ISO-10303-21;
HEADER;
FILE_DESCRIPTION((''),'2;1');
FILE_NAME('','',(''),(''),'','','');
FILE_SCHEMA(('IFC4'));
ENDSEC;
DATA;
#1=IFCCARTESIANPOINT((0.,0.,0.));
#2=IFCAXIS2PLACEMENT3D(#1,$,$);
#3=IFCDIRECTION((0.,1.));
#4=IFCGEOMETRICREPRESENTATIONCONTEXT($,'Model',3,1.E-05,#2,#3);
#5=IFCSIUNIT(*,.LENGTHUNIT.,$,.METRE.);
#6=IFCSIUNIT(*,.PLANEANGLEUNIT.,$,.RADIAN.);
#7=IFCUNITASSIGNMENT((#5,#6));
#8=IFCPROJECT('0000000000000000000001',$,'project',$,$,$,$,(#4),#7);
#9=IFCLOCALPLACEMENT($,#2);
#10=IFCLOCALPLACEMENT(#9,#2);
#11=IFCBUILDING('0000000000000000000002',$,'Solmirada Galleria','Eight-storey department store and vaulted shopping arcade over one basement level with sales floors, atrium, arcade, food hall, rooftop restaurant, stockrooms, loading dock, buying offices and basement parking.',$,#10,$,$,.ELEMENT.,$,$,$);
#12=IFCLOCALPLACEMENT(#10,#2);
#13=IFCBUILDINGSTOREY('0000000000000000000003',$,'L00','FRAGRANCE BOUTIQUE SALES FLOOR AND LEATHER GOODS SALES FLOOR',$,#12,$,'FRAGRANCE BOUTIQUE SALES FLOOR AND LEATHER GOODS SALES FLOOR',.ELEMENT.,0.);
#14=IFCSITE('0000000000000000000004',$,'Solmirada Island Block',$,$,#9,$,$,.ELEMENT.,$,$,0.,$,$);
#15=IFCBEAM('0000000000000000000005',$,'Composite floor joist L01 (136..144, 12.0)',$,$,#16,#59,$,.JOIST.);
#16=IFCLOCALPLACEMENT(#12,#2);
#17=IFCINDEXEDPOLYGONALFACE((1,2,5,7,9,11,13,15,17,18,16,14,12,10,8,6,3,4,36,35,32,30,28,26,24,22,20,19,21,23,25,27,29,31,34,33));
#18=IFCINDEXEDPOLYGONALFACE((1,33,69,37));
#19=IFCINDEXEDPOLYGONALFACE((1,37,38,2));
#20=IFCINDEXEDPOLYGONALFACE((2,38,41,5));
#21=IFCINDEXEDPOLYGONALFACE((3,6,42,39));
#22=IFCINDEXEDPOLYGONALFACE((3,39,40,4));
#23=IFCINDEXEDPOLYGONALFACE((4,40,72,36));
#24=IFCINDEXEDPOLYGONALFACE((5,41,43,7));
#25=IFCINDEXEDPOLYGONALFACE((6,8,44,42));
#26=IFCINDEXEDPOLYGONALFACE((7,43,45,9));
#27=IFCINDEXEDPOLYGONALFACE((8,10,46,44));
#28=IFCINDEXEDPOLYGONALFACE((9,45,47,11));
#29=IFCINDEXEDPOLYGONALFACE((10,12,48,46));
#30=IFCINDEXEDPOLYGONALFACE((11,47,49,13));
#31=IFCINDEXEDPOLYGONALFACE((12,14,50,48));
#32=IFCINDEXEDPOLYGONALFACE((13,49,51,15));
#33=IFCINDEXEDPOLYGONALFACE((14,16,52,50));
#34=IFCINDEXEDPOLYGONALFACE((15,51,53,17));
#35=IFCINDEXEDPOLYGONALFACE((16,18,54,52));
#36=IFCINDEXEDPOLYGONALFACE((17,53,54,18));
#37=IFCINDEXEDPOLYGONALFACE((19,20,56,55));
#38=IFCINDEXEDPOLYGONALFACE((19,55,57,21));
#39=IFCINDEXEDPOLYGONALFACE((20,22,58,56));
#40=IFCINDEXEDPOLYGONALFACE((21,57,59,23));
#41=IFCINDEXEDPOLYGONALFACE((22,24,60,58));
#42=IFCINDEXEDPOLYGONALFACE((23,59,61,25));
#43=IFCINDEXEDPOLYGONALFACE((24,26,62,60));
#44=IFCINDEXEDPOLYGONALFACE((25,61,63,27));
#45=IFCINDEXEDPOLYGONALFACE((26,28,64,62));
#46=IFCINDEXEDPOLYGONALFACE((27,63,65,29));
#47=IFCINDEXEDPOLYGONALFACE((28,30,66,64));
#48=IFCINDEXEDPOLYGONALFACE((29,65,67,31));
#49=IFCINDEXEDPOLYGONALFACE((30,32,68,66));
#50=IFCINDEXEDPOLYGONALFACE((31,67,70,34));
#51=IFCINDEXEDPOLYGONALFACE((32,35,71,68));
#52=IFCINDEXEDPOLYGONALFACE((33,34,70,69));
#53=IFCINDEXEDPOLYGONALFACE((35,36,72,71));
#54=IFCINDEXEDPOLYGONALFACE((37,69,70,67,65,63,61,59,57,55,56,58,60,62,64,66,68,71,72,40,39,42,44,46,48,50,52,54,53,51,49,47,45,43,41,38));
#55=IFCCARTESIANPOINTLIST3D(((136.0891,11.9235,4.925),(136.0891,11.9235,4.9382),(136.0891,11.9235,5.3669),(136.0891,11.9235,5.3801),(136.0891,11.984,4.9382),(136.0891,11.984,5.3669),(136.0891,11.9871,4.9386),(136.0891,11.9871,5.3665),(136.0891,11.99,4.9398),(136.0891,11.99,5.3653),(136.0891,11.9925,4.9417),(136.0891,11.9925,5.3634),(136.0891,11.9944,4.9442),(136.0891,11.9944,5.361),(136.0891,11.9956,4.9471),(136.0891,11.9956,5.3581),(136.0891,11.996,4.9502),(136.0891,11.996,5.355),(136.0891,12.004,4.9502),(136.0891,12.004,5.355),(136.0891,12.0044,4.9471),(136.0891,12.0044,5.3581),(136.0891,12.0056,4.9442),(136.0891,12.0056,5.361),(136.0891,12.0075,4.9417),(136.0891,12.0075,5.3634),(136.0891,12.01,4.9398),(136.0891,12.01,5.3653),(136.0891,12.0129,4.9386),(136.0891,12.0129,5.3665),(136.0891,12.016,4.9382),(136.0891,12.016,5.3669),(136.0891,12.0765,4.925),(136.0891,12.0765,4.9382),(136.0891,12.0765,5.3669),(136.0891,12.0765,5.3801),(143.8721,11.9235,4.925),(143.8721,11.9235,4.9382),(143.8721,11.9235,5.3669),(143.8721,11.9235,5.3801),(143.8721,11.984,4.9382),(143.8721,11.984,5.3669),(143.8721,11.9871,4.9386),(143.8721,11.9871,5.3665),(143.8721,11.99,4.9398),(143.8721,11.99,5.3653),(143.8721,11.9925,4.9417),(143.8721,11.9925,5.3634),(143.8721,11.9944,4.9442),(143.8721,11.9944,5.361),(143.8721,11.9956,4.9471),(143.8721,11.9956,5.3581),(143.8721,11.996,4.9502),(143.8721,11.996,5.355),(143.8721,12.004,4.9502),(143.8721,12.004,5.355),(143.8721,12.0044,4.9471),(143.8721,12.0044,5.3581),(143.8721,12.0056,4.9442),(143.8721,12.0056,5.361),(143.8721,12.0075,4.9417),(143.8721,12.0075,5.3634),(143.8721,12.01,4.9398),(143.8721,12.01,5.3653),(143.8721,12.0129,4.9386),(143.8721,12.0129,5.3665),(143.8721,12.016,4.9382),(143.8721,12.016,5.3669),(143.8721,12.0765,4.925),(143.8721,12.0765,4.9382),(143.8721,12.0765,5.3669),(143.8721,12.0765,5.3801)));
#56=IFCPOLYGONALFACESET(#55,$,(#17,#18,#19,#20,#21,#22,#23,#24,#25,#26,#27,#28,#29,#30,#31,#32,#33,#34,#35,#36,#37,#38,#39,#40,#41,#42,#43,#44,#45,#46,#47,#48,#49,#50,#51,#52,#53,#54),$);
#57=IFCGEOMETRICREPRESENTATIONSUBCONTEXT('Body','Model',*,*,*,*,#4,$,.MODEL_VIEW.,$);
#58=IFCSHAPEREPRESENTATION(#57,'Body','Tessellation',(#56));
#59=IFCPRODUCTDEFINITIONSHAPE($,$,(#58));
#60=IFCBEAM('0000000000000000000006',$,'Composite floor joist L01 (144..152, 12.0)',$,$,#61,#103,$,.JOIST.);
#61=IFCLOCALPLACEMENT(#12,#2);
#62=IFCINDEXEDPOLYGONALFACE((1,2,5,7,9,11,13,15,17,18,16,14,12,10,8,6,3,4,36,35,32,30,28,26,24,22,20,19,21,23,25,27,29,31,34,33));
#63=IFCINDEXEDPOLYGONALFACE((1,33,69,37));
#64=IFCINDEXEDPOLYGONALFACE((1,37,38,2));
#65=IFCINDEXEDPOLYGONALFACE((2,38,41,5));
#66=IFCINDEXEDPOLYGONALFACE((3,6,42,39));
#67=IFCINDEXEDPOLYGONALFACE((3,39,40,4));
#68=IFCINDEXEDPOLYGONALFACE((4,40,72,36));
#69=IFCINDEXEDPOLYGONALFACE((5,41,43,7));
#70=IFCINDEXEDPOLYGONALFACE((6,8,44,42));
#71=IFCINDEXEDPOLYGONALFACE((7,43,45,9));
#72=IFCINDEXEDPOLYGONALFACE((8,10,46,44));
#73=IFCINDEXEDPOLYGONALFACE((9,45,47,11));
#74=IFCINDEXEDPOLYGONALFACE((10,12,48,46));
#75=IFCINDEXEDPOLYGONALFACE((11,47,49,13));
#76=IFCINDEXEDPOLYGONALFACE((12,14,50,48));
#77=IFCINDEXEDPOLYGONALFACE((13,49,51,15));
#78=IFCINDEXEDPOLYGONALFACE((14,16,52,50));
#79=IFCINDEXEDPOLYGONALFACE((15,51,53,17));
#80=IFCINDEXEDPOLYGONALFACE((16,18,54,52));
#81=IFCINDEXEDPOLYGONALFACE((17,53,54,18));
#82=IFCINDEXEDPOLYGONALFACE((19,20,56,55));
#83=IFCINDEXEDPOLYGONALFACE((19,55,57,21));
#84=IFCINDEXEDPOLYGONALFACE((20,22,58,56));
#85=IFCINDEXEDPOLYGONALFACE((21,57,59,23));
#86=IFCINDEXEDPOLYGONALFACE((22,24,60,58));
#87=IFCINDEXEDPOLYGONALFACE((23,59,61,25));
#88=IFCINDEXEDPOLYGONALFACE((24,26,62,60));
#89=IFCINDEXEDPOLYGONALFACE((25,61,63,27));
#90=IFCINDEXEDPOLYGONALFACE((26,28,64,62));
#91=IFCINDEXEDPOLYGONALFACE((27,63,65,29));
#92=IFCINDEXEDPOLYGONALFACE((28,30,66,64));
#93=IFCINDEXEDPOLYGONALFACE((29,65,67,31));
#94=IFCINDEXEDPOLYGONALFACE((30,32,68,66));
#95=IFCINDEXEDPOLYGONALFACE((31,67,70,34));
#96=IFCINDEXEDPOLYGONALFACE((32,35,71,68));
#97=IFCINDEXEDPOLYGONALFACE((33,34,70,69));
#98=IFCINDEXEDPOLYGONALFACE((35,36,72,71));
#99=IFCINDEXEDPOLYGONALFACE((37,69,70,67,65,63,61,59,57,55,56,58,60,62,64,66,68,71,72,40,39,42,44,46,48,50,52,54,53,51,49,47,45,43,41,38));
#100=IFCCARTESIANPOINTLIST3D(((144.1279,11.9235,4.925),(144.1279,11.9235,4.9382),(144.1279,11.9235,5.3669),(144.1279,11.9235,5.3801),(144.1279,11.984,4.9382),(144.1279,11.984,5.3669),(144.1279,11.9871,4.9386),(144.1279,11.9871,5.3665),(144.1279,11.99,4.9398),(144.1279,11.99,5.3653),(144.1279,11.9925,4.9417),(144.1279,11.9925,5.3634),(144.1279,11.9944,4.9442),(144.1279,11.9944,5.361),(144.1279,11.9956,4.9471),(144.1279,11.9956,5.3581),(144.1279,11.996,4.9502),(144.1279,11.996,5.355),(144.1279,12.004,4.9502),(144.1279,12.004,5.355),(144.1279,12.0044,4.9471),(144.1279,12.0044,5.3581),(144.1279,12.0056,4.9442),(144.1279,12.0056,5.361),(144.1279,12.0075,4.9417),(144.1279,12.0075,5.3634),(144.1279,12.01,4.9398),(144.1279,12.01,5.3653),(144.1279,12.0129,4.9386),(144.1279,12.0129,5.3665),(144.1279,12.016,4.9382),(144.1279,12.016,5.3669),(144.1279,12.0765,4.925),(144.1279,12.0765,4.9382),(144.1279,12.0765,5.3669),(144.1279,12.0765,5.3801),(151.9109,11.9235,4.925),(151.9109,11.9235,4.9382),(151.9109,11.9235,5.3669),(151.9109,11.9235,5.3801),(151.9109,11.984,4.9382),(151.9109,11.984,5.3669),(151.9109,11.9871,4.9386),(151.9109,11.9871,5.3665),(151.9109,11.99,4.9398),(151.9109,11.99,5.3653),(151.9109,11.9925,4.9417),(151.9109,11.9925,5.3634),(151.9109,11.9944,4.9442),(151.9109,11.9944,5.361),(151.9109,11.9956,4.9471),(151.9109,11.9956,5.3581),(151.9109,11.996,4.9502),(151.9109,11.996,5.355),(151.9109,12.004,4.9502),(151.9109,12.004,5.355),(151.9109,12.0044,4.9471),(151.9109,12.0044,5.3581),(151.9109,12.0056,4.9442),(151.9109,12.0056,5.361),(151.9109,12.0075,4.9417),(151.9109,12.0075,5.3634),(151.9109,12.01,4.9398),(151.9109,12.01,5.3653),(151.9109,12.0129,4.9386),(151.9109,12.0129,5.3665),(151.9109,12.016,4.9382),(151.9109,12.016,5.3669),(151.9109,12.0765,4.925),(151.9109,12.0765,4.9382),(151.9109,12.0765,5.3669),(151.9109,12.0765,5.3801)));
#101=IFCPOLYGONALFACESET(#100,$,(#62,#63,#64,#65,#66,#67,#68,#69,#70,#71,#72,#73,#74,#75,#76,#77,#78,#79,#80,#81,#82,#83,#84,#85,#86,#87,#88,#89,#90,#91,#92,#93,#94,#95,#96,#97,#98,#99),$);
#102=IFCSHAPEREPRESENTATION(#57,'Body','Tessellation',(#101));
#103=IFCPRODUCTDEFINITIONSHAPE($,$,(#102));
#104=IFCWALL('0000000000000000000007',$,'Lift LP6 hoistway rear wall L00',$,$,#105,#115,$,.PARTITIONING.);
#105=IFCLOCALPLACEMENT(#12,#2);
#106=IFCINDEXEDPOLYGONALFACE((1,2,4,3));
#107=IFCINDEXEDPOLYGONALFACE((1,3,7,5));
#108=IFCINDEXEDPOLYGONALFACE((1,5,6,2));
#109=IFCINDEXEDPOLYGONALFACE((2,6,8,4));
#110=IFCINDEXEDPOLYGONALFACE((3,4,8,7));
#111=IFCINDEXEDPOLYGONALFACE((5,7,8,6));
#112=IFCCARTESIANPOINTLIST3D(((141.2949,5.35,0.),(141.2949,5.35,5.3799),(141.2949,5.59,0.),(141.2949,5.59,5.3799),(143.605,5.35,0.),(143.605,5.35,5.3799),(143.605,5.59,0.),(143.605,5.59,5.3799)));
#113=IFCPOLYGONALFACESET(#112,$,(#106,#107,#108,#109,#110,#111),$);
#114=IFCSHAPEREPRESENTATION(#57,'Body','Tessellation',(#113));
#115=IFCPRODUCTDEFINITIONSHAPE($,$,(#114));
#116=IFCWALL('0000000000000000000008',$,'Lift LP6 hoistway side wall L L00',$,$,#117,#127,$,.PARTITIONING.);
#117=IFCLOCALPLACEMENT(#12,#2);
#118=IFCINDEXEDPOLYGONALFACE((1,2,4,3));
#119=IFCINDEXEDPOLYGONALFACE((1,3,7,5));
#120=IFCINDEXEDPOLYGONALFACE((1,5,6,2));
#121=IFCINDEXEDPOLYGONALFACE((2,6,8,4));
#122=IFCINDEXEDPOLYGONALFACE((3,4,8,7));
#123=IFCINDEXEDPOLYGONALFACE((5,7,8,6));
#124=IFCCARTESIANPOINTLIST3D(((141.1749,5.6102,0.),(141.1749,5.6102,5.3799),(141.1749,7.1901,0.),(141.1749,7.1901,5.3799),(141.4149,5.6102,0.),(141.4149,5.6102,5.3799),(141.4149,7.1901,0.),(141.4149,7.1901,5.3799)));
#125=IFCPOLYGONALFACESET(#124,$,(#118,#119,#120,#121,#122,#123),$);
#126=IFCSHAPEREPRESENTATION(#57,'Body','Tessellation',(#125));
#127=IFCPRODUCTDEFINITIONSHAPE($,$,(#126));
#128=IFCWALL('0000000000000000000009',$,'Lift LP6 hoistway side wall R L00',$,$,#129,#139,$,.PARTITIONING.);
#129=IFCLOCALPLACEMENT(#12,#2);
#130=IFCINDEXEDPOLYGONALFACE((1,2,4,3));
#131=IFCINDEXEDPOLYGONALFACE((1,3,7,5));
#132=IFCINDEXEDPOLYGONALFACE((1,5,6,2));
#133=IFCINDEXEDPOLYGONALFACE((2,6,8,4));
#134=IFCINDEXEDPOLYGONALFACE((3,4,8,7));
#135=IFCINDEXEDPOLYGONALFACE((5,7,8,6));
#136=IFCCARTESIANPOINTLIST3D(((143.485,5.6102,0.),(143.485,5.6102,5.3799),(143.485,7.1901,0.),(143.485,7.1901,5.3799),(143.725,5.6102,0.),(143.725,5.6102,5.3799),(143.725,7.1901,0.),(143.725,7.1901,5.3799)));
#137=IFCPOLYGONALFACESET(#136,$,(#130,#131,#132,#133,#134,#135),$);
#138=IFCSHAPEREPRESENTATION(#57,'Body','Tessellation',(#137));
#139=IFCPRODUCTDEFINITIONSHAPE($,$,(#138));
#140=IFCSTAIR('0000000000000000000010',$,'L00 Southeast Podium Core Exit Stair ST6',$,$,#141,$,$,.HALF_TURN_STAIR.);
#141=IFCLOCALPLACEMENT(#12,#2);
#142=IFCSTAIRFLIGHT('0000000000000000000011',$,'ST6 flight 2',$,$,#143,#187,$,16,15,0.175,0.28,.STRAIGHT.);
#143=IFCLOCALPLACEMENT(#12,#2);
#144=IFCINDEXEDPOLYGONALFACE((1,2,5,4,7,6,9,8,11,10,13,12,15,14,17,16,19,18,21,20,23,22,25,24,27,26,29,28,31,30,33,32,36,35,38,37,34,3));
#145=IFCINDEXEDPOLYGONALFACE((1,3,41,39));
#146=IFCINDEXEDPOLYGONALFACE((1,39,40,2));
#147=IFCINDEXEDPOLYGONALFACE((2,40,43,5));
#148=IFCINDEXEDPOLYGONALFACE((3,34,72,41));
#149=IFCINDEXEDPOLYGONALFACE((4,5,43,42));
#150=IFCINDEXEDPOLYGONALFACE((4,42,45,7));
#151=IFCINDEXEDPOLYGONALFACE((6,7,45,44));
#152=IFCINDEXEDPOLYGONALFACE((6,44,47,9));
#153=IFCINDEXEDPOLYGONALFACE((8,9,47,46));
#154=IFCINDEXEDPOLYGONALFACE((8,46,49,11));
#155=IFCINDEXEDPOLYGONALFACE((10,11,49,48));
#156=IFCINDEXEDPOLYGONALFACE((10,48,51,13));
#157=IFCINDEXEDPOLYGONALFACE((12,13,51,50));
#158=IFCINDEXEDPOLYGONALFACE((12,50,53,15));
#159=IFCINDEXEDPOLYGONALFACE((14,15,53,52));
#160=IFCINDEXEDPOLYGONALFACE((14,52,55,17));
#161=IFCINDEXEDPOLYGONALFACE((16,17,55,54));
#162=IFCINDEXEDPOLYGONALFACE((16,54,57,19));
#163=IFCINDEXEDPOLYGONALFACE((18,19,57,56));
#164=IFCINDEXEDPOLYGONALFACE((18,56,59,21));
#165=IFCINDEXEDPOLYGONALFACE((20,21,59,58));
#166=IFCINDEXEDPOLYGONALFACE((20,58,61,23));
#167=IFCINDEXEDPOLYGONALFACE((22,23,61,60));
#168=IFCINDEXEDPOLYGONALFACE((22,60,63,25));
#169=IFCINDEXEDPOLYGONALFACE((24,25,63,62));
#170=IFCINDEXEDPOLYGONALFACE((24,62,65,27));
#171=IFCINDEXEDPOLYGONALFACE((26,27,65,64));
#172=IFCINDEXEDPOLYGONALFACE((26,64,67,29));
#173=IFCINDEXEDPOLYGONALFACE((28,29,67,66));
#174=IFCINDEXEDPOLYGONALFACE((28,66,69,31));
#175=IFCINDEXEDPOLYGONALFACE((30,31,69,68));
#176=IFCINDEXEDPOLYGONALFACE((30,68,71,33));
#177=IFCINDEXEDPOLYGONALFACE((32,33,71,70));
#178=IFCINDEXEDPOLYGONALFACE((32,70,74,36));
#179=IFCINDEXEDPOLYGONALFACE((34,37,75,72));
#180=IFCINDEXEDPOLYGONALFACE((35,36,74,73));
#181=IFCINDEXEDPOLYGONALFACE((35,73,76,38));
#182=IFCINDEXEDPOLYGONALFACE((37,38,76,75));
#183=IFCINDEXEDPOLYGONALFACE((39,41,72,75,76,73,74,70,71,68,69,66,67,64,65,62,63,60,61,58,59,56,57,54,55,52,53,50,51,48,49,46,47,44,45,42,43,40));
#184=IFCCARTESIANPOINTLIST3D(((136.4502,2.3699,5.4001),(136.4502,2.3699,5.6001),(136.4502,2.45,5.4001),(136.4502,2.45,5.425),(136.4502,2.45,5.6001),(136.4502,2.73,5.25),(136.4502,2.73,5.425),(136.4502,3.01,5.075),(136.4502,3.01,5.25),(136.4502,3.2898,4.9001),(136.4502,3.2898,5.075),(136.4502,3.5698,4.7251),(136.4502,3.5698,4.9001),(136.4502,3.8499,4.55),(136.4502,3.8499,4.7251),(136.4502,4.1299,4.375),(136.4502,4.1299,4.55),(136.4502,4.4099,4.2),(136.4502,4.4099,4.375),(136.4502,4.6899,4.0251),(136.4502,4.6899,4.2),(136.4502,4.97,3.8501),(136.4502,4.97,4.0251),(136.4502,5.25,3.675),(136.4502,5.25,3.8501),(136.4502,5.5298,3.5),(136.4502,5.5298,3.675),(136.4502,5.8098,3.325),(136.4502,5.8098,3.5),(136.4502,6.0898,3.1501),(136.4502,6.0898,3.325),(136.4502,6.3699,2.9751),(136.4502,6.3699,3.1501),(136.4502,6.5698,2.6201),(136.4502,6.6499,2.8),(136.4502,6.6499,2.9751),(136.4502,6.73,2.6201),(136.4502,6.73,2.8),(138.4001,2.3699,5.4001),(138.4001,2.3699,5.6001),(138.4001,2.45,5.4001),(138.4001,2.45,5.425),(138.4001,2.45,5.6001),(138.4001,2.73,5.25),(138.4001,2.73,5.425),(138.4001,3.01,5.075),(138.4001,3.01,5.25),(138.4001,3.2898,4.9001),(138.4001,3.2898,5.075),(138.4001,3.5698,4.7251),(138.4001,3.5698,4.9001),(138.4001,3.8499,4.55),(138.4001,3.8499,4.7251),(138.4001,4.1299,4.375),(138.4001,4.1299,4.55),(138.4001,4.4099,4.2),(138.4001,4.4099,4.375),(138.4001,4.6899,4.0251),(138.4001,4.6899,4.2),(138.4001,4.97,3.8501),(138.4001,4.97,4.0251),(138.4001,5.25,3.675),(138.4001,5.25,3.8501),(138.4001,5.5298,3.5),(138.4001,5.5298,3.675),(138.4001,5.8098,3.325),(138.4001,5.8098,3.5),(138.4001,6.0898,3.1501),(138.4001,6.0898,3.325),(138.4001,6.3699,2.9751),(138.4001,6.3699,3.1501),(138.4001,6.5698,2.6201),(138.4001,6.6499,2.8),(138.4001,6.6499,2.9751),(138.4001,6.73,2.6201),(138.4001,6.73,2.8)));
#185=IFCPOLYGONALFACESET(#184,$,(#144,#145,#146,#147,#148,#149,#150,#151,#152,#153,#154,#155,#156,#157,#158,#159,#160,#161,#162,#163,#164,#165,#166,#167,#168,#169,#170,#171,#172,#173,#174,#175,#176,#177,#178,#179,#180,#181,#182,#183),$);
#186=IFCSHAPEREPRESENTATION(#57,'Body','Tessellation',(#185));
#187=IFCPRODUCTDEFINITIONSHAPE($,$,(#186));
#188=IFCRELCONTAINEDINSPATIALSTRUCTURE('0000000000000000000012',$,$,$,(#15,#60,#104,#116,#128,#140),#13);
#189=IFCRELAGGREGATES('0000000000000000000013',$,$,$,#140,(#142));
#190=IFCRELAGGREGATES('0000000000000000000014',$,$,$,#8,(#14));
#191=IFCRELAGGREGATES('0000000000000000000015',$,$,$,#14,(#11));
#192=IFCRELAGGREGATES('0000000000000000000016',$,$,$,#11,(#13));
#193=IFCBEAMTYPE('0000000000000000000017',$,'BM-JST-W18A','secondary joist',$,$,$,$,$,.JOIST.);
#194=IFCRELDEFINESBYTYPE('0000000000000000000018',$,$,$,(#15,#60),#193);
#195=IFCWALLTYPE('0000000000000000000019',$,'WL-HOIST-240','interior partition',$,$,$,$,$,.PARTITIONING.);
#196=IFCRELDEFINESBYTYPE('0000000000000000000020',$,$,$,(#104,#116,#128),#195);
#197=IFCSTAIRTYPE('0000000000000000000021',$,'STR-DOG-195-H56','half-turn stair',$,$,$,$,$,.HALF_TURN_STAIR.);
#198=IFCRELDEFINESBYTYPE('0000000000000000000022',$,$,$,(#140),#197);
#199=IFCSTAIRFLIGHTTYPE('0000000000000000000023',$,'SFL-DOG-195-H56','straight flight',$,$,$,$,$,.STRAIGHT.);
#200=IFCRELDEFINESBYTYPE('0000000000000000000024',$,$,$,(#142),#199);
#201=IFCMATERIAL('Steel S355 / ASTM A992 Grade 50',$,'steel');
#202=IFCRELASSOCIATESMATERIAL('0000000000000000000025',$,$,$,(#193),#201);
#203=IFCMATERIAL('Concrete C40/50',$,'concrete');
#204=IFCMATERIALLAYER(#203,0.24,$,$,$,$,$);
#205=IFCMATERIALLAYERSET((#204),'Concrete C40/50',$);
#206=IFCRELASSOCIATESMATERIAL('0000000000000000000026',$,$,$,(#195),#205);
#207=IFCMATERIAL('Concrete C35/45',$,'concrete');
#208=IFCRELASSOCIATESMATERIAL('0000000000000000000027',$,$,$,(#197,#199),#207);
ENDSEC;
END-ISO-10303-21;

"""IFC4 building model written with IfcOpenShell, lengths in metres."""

from ifc_helpers import new_model, si_unit, direction, frame, frame_2d, origin, origin_2d, place, context, subcontext, project, spatial, polyline, rectangle, i_section, outline, extrude, material, layer, layer_set, material_profile, profile_set, type_object, element, aggregate, save


model = new_model("IFC4")

# Units and contexts
model_context = context("Model", 3, precision=1e-05, world=origin(), true_north=direction((0.0, 1.0)))
body_context = subcontext(model_context, "Body", "Model", "MODEL_VIEW")
ifc_project = project(units=[si_unit("LENGTHUNIT", "METRE"), si_unit("PLANEANGLEUNIT", "RADIAN")], contexts=[model_context])

# Site, building, storey
site_placement = place(None, origin())
site = spatial("IfcSite", under=ifc_project, at=site_placement, Name="Solmirada Island Block", CompositionType="ELEMENT", RefElevation=0.0)
building_placement = place(site_placement, origin())
building = spatial("IfcBuilding", under=site, at=building_placement, Name="Solmirada Galleria", Description="Eight-storey department store and vaulted shopping arcade over one basement level with sales floors, atrium, arcade, food hall, rooftop restaurant, stockrooms, loading dock, buying offices and basement parking.", CompositionType="ELEMENT")
storey_placement = place(building_placement, origin())
storey = spatial("IfcBuildingStorey", under=building, at=storey_placement, Name="L00", Description="FRAGRANCE BOUTIQUE SALES FLOOR AND LEATHER GOODS SALES FLOOR", LongName="FRAGRANCE BOUTIQUE SALES FLOOR AND LEATHER GOODS SALES FLOOR", CompositionType="ELEMENT", Elevation=0.0)

# Shared definitions
ifc_material_1 = material(Name="Concrete C40/50", Category="concrete")

# Beams
ifc_material_2 = material(Name="Steel S355 / ASTM A992 Grade 50", Category="steel")
ifc_material_profile_1 = material_profile(ifc_material_2, i_section(OverallWidth=0.1531, OverallDepth=0.4551, WebThickness=0.0081, FlangeThickness=0.0132, FilletRadius=0.012, at=origin_2d()), Name="W18X40")
ifc_profile_set_1 = profile_set([ifc_material_profile_1], Name="Steel S355 / ASTM A992 Grade 50")
beam_type_1 = type_object("IfcBeamType", Name="BM-JST-W18A", Description="secondary joist", PredefinedType="JOIST", material=ifc_profile_set_1)
for number, where, z_axis, x_axis, name in (
    (1, (136.0891, 12.0, 5.1526), (1.0, 0.0, 0.0), (0.0, 1.0, 0.0), "Composite floor joist L01 (136..144, 12.0)"),
    (2, (144.1279, 12.0, 5.1526), (1.0, 0.0, 0.0), (0.0, 1.0, 0.0), "Composite floor joist L01 (144..152, 12.0)"),
):
    element("IfcBeam", number, at=place(storey_placement, frame(where, z_axis=z_axis, x_axis=x_axis)), inside=storey, type_object=beam_type_1, Name=name, PredefinedType="JOIST", context=body_context, shape_type="SweptSolid", body=[
        extrude(i_section(OverallWidth=0.1531, OverallDepth=0.4551, WebThickness=0.0081, FlangeThickness=0.0132, FilletRadius=0.012, at=origin_2d()), origin(), (0.0, 0.0, 1.0), 7.783),
    ])

# Shared definitions
ifc_layer_1 = layer(ifc_material_1, 0.24)
ifc_layer_set_1 = layer_set([ifc_layer_1], Name="Concrete C40/50")
wall_type_1 = type_object("IfcWallType", Name="WL-HOIST-240", Description="interior partition", PredefinedType="PARTITIONING", material=ifc_layer_set_1)

# Walls
wall_1_placement = place(storey_placement, frame((141.2949, 5.47, 0.0), z_axis=(0.0, 0.0, 1.0), x_axis=(1.0, 0.0, 0.0)))
element("IfcWall", 3, at=wall_1_placement, inside=storey, type_object=wall_type_1, Name="Lift LP6 hoistway rear wall L00", PredefinedType="PARTITIONING", context=body_context, shape_type="SweptSolid", body=[
    extrude(rectangle(XDim=2.3101, YDim=0.24, at=frame_2d((1.155, 0.0))), origin(), (0.0, 0.0, 1.0), 5.3799),
])
for number, where, z_axis, x_axis, name in (
    (4, (141.2949, 5.6101, 0.0), (0.0, 0.0, 1.0), (0.0, 1.0, 0.0), "Lift LP6 hoistway side wall L L00"),
    (5, (143.605, 5.6101, 0.0), (0.0, 0.0, 1.0), (0.0, 1.0, 0.0), "Lift LP6 hoistway side wall R L00"),
):
    element("IfcWall", number, at=place(storey_placement, frame(where, z_axis=z_axis, x_axis=x_axis)), inside=storey, type_object=wall_type_1, Name=name, PredefinedType="PARTITIONING", context=body_context, shape_type="SweptSolid", body=[
        extrude(rectangle(XDim=1.5798, YDim=0.24, at=frame_2d((0.79, 0.0))), origin(), (0.0, 0.0, 1.0), 5.3799),
    ])

# Stair, stair flight
ifc_material_3 = material(Name="Concrete C35/45", Category="concrete")
stair_type = type_object("IfcStairType", Name="STR-DOG-195-H56", Description="half-turn stair", PredefinedType="HALF_TURN_STAIR", material=ifc_material_3)
stair_placement = place(storey_placement, origin())
stair = element("IfcStair", 6, at=stair_placement, inside=storey, type_object=stair_type, Name="L00 Southeast Podium Core Exit Stair ST6", PredefinedType="HALF_TURN_STAIR")
stair_flight_type = type_object("IfcStairFlightType", Name="SFL-DOG-195-H56", Description="straight flight", PredefinedType="STRAIGHT", material=ifc_material_3)
stair_flight_placement = place(storey_placement, frame((137.425, 6.6499, 2.8), z_axis=(0.0, 0.0, 1.0), x_axis=(0.0, -1.0, 0.0)))
stair_flight = element("IfcStairFlight", 7, at=stair_flight_placement, type_object=stair_flight_type, Name="ST6 flight 2", NumberOfRisers=16, NumberOfTreads=15, PredefinedType="STRAIGHT", RiserHeight=0.175, TreadLength=0.28, context=body_context, shape_type="SweptSolid", body=[
    extrude(outline(polyline([(-0.0801, 0.0), (0.0, 0.0), (0.0, 0.175), (0.28, 0.175), (0.28, 0.3501), (0.5601, 0.3501), (0.5601, 0.5249), (0.8401, 0.5249), (0.8401, 0.7), (1.1201, 0.7), (1.1201, 0.875), (1.3999, 0.875), (1.3999, 1.05), (1.6799, 1.05), (1.6799, 1.2251), (1.96, 1.2251), (1.96, 1.3999), (2.24, 1.3999), (2.24, 1.575), (2.52, 1.575), (2.52, 1.75), (2.8, 1.75), (2.8, 1.925), (3.0801, 1.925), (3.0801, 2.1001), (3.3601, 2.1001), (3.3601, 2.2749), (3.6399, 2.2749), (3.6399, 2.45), (3.9199, 2.45), (3.9199, 2.625), (4.2, 2.625), (4.2, 2.8), (4.28, 2.8), (4.28, 2.6001), (4.2, 2.6001), (0.0801, -0.1799), (-0.0801, -0.1799), (-0.0801, 0.0)])), frame((0.0, 0.9751, 0.0), z_axis=(0.0, -1.0, 0.0), x_axis=(1.0, 0.0, 0.0)), (0.0, 0.0, 1.0), 1.95),
])
aggregate(stair, [stair_flight])

save(model, "model.ifc")
